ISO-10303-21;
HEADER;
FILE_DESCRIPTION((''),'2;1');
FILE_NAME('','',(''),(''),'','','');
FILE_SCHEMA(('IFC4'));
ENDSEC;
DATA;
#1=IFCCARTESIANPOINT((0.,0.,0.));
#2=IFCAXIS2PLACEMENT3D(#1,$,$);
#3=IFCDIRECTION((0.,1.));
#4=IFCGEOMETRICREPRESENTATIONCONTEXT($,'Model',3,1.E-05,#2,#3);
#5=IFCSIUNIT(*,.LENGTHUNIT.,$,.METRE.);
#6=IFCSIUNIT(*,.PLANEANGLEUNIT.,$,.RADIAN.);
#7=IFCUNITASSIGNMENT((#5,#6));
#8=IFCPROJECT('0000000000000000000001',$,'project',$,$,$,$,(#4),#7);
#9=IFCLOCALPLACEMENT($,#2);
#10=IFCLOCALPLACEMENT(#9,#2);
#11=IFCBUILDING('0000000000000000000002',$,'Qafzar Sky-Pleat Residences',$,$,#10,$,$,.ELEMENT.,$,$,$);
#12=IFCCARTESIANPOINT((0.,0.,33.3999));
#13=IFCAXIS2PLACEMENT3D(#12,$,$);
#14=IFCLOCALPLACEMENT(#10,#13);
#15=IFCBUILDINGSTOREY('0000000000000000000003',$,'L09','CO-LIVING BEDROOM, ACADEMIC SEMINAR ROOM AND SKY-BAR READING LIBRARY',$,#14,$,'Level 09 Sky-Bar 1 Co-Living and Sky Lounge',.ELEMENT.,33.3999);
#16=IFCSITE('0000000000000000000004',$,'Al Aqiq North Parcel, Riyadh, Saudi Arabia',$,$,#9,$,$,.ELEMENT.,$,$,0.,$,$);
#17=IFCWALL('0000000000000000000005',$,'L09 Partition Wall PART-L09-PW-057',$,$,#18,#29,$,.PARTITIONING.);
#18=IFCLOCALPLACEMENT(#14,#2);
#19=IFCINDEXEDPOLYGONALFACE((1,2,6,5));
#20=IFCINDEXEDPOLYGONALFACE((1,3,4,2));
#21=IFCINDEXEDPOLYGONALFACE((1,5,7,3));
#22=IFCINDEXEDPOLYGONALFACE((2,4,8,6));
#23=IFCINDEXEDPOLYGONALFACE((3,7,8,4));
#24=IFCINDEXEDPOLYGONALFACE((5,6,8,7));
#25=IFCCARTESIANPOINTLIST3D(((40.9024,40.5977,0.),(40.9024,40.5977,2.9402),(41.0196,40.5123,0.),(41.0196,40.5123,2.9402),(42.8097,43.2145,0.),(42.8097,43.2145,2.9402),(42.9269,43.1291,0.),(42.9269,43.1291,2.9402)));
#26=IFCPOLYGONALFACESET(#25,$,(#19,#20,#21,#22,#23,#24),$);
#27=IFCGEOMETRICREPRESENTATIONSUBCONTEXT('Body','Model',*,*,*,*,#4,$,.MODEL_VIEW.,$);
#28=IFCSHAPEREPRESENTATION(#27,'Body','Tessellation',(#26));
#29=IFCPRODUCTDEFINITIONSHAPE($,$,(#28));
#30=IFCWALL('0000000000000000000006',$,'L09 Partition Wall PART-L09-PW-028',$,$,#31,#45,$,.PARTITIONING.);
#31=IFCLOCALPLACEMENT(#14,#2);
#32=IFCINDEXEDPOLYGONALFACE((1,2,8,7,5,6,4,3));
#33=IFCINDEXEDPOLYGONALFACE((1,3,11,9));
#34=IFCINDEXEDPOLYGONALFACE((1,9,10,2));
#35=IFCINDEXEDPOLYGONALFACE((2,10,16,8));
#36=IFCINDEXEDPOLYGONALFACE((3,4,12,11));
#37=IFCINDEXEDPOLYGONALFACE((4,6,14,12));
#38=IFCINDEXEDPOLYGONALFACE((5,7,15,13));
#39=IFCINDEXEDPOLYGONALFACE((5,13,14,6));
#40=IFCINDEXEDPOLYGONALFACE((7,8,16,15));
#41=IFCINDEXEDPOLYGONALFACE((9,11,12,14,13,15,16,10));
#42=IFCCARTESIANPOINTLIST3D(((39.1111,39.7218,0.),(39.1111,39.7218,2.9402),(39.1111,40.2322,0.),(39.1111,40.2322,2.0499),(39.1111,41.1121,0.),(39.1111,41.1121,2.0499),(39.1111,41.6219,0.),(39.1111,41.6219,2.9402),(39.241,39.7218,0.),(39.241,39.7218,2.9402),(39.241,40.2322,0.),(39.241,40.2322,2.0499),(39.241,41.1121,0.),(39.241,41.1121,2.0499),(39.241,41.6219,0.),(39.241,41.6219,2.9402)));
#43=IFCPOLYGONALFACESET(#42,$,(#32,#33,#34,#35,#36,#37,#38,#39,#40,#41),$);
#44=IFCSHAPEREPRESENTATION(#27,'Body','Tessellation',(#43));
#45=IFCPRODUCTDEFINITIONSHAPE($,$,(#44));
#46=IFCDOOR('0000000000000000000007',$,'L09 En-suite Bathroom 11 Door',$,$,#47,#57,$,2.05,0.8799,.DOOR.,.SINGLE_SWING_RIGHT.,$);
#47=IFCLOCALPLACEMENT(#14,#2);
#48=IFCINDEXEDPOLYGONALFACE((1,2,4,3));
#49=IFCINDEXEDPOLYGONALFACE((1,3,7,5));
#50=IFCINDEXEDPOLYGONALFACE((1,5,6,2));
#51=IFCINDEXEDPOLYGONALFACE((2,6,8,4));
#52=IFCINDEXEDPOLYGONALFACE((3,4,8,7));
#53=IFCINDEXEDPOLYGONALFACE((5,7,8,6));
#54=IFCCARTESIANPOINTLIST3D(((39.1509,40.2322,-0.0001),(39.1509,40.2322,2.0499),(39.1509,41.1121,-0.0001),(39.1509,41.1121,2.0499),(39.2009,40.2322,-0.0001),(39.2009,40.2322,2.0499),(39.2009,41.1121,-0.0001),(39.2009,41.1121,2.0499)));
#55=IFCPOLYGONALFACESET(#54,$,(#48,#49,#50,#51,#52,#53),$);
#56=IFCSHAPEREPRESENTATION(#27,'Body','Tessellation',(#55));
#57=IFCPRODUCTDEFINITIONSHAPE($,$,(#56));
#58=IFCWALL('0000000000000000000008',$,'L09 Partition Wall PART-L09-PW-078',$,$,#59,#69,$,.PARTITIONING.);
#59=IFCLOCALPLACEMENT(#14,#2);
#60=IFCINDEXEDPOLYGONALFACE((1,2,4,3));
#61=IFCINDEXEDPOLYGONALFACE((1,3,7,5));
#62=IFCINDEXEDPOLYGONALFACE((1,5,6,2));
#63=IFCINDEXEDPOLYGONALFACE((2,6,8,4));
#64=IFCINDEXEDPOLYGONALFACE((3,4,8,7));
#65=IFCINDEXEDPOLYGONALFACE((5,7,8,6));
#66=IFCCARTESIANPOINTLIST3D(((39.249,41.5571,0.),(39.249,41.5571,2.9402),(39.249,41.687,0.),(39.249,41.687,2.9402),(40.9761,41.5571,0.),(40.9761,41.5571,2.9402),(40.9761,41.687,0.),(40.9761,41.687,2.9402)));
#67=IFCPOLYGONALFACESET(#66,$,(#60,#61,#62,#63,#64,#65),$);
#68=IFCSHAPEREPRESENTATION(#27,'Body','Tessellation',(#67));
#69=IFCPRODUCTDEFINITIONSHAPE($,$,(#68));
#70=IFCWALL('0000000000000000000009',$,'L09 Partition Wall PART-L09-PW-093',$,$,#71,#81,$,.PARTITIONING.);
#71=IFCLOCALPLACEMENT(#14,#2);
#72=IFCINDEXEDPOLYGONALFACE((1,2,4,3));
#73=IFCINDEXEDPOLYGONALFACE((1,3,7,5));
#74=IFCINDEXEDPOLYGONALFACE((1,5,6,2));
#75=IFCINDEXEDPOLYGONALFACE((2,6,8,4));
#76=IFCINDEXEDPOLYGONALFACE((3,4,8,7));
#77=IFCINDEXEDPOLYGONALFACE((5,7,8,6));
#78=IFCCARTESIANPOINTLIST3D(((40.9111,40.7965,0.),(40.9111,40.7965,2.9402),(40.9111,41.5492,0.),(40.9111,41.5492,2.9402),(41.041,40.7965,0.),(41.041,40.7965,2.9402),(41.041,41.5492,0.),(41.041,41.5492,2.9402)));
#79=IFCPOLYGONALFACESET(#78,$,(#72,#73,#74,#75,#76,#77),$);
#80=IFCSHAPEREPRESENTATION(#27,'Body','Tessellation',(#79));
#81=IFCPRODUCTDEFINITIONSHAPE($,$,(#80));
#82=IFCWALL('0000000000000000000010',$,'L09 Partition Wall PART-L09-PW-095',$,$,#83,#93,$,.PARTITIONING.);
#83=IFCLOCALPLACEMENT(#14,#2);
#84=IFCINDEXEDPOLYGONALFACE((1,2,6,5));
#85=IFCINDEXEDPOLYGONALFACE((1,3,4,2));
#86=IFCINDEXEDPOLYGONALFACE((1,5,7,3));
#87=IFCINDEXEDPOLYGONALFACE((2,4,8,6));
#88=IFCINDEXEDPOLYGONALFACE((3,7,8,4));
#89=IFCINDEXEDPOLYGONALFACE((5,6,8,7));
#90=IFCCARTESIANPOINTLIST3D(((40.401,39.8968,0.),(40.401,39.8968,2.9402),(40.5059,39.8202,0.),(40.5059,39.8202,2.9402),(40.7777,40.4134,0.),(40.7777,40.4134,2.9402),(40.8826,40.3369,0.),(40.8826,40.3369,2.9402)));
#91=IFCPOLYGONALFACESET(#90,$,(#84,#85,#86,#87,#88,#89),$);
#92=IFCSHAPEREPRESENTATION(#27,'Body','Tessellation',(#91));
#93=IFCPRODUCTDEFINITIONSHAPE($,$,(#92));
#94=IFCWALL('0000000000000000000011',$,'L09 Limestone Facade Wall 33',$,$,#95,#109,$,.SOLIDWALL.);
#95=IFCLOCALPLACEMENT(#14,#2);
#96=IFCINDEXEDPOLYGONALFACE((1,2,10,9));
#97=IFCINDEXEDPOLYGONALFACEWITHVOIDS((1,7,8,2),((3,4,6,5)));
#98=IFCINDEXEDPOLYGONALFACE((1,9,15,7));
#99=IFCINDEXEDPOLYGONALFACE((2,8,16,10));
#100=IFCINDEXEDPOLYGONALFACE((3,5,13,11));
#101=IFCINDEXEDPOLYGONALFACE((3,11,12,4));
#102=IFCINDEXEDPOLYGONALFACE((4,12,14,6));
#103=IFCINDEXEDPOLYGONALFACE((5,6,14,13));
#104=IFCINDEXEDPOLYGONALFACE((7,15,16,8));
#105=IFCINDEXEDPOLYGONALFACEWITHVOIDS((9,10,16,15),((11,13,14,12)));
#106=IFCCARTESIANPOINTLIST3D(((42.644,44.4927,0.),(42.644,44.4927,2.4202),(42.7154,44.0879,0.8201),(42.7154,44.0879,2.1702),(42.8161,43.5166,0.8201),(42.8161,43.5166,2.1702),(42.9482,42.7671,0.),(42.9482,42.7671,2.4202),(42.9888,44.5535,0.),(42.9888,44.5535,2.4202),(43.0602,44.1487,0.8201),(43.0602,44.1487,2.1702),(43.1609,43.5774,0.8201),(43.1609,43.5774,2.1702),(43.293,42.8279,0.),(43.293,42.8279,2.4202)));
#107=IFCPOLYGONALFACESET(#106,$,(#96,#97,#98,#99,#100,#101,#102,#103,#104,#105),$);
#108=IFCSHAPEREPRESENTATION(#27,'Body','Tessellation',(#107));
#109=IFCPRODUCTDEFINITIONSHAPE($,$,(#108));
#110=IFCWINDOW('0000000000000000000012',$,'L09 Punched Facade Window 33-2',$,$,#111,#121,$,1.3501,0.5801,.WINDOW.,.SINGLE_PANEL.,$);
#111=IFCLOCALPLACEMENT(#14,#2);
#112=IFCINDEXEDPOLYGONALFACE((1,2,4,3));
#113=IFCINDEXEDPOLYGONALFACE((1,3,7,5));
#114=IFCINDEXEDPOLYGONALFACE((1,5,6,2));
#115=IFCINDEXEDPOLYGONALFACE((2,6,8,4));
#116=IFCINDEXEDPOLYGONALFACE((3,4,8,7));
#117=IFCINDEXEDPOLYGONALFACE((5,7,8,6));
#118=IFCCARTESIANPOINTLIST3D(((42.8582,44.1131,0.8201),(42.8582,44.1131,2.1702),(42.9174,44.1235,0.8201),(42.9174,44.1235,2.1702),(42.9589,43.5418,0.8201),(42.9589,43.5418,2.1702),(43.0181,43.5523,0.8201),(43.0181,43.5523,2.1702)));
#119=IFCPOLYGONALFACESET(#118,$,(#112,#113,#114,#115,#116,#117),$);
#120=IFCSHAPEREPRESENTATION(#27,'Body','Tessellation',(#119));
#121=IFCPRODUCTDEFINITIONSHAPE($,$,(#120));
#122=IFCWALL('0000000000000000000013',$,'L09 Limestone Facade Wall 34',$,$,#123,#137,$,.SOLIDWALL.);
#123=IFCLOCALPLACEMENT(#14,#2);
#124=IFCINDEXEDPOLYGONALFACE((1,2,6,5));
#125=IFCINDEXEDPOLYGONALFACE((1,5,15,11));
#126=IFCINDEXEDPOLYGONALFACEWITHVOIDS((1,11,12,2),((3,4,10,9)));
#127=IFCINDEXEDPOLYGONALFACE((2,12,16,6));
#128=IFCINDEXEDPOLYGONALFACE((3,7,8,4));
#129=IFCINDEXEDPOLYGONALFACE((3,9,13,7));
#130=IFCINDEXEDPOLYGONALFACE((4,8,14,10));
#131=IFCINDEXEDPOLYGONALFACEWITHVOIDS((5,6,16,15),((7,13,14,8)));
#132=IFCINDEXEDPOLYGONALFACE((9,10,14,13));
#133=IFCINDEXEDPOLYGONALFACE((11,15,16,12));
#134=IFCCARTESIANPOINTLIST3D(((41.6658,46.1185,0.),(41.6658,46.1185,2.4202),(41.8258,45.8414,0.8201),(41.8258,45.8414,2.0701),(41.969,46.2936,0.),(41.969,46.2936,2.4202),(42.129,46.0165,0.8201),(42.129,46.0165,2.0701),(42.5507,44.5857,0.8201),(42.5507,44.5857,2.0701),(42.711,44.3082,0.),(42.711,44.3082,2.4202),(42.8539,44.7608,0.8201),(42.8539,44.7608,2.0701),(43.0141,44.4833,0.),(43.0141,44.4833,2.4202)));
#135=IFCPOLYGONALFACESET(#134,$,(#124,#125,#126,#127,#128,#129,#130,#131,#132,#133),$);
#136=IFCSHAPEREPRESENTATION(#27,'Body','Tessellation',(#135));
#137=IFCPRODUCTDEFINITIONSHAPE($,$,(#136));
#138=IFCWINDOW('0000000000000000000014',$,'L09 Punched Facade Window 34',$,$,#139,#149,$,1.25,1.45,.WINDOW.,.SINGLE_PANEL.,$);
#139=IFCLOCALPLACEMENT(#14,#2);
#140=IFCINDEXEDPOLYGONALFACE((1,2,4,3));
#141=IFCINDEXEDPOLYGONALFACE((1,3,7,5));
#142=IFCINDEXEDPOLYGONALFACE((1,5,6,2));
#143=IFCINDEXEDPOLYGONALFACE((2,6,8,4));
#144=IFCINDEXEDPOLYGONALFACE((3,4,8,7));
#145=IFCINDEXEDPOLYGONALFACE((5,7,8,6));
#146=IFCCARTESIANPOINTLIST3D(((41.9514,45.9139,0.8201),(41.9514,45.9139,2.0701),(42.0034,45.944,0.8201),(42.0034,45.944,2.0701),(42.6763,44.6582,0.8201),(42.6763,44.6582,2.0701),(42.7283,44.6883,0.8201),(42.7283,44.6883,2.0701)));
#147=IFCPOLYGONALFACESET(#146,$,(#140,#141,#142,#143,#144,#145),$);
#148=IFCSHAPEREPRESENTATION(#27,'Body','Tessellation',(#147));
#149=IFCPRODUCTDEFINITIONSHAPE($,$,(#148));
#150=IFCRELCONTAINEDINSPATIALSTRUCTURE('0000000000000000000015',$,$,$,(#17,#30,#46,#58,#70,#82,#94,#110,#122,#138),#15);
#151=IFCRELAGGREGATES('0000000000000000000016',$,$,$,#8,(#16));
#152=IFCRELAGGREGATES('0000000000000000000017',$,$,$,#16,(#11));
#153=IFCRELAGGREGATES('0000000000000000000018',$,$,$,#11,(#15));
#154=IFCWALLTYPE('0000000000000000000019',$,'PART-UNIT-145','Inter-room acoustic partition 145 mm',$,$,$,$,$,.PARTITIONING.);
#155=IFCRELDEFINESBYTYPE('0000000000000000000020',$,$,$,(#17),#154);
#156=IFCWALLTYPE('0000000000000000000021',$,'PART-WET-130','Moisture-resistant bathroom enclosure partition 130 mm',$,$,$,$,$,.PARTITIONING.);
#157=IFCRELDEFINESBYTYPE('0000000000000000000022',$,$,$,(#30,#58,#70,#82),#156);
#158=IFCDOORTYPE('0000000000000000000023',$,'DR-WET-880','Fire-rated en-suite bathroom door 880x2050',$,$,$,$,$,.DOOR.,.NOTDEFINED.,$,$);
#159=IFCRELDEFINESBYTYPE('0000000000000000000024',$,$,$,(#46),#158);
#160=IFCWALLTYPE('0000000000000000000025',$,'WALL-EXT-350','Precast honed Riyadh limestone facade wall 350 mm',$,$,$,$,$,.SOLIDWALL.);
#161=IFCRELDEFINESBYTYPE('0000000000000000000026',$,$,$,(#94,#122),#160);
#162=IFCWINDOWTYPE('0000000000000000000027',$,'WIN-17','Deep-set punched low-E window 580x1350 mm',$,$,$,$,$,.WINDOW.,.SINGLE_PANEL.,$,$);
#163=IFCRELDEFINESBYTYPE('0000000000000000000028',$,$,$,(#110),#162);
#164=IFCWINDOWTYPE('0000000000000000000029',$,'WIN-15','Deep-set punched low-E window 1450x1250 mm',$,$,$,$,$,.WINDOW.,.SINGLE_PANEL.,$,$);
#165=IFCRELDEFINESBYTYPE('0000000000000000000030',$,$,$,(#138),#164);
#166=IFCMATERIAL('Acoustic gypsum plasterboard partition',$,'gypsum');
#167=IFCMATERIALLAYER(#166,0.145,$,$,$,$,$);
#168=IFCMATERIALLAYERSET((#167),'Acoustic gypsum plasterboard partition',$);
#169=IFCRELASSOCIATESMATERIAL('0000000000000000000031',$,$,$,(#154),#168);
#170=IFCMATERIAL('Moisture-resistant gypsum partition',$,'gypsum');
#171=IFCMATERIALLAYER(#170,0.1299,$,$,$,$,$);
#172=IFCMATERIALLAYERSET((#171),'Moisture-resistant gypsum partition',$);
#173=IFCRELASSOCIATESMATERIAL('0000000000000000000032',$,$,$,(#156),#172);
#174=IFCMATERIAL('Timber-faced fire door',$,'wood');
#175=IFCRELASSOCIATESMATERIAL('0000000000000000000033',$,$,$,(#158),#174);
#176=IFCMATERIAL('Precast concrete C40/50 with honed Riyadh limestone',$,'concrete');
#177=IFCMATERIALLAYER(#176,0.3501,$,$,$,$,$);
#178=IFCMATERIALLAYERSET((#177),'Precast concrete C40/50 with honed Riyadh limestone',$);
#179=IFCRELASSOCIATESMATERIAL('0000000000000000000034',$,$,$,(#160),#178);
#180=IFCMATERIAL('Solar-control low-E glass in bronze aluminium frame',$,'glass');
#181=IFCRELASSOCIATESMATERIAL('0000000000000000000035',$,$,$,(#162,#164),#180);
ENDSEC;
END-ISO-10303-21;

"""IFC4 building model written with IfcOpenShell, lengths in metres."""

from ifc_helpers import new_model, si_unit, direction, frame, frame_2d, origin, place, context, subcontext, project, spatial, rectangle, extrude, source, transform, mapped, material, layer, layer_set, type_object, element, fill, save


model = new_model("IFC4")

# Units and contexts
model_context = context("Model", 3, precision=1e-05, world=origin(), true_north=direction((0.0, 1.0)))
body_context = subcontext(model_context, "Body", "Model", "MODEL_VIEW")
ifc_project = project(units=[si_unit("LENGTHUNIT", "METRE"), si_unit("PLANEANGLEUNIT", "RADIAN")], contexts=[model_context])

# Site, building, storey
site_placement = place(None, origin())
site = spatial("IfcSite", under=ifc_project, at=site_placement, Name="Al Aqiq North Parcel, Riyadh, Saudi Arabia", CompositionType="ELEMENT", RefElevation=0.0)
building_placement = place(site_placement, origin())
building = spatial("IfcBuilding", under=site, at=building_placement, Name="Qafzar Sky-Pleat Residences", CompositionType="ELEMENT")
storey_placement = place(building_placement, frame((0.0, 0.0, 33.3999)))
storey = spatial("IfcBuildingStorey", under=building, at=storey_placement, Name="L09", Description="CO-LIVING BEDROOM, ACADEMIC SEMINAR ROOM AND SKY-BAR READING LIBRARY", LongName="Level 09 Sky-Bar 1 Co-Living and Sky Lounge", CompositionType="ELEMENT", Elevation=33.3999)

# Wall
ifc_material_1 = material(Name="Acoustic gypsum plasterboard partition", Category="gypsum")
ifc_layer_1 = layer(ifc_material_1, 0.145)
ifc_layer_set_1 = layer_set([ifc_layer_1], Name="Acoustic gypsum plasterboard partition")
wall_type_1 = type_object("IfcWallType", Name="PART-UNIT-145", Description="Inter-room acoustic partition 145 mm", PredefinedType="PARTITIONING", material=ifc_layer_set_1)
wall_1_placement = place(storey_placement, frame((40.9609, 40.5549, 0.0), z_axis=(0.0, 0.0, 1.0), x_axis=(0.589014, 0.808123, 0.0)))
element("IfcWall", 1, at=wall_1_placement, inside=storey, type_object=wall_type_1, Name="L09 Partition Wall PART-L09-PW-057", PredefinedType="PARTITIONING", context=body_context, shape_type="SweptSolid", body=[
    extrude(rectangle(XDim=3.238, YDim=0.145, at=frame_2d((1.6191, 0.0))), origin(), (0.0, 0.0, 1.0), 2.9402),
])

# Wall, opening, door
ifc_material_2 = material(Name="Moisture-resistant gypsum partition", Category="gypsum")
ifc_layer_2 = layer(ifc_material_2, 0.1299)
ifc_layer_set_2 = layer_set([ifc_layer_2], Name="Moisture-resistant gypsum partition")
wall_type_2 = type_object("IfcWallType", Name="PART-WET-130", Description="Moisture-resistant bathroom enclosure partition 130 mm", PredefinedType="PARTITIONING", material=ifc_layer_set_2)
wall_2_placement = place(storey_placement, frame((39.176, 41.6221, 0.0), z_axis=(0.0, 0.0, 1.0), x_axis=(0.0, -1.0, 0.0)))
wall_2 = element("IfcWall", 2, at=wall_2_placement, inside=storey, type_object=wall_type_2, Name="L09 Partition Wall PART-L09-PW-028", PredefinedType="PARTITIONING", context=body_context, shape_type="SweptSolid", body=[
    extrude(rectangle(XDim=1.9001, YDim=0.1299, at=frame_2d((0.9502, 0.0))), origin(), (0.0, 0.0, 1.0), 2.9402),
])
opening_1_placement = place(wall_2_placement, frame((0.51, 0.0, 0.0)))
opening_1 = element("IfcOpeningElement", 3, at=opening_1_placement, cuts=wall_2, PredefinedType="OPENING", context=body_context, shape_type="SweptSolid", body=[
    extrude(rectangle(XDim=0.8799, YDim=2.05, at=frame_2d((0.4399, 1.0249))), frame((0.0, 0.075, 0.0), z_axis=(0.0, -1.0, 0.0), x_axis=(1.0, 0.0, 0.0)), (0.0, 0.0, 1.0), 0.1499),
])
ifc_material_3 = material(Name="Timber-faced fire door", Category="wood")
door_type = type_object("IfcDoorType", Name="DR-WET-880", Description="Fire-rated en-suite bathroom door 880x2050", OperationType="NOTDEFINED", PredefinedType="DOOR", material=ifc_material_3)
shared_shape_1 = source(origin(), body_context, "Body", "SweptSolid", [
    extrude(rectangle(XDim=0.8799, YDim=2.05, at=frame_2d((0.4399, 1.0249))), frame((0.0, 0.0249, 0.0), z_axis=(0.0, -1.0, 0.0), x_axis=(1.0, 0.0, 0.0)), (0.0, 0.0, 1.0), 0.05),
])
door_placement = place(opening_1_placement, origin())
door = element("IfcDoor", 4, at=door_placement, inside=storey, type_object=door_type, Name="L09 En-suite Bathroom 11 Door", OperationType="SINGLE_SWING_RIGHT", OverallHeight=2.05, OverallWidth=0.8799, PredefinedType="DOOR", context=body_context, shape_type="MappedRepresentation", body=[
    mapped(shared_shape_1, transform((0.0, 0.0, 0.0), x_axis=(1.0, 0.0, 0.0), y_axis=(0.0, 1.0, 0.0), z_axis=(0.0, 0.0, 1.0), scale=1.0)),
])
fill(opening_1, door)

# Walls
wall_3_placement = place(storey_placement, frame((39.249, 41.6221, 0.0), z_axis=(0.0, 0.0, 1.0), x_axis=(1.0, 0.0, 0.0)))
element("IfcWall", 5, at=wall_3_placement, inside=storey, type_object=wall_type_2, Name="L09 Partition Wall PART-L09-PW-078", PredefinedType="PARTITIONING", context=body_context, shape_type="SweptSolid", body=[
    extrude(rectangle(XDim=1.7271, YDim=0.1299, at=frame_2d((0.8635, 0.0))), origin(), (0.0, 0.0, 1.0), 2.9402),
])
wall_4_placement = place(storey_placement, frame((40.9761, 40.7964, 0.0), z_axis=(0.0, 0.0, 1.0), x_axis=(0.0, 1.0, 0.0)))
element("IfcWall", 6, at=wall_4_placement, inside=storey, type_object=wall_type_2, Name="L09 Partition Wall PART-L09-PW-093", PredefinedType="PARTITIONING", context=body_context, shape_type="SweptSolid", body=[
    extrude(rectangle(XDim=0.7527, YDim=0.1299, at=frame_2d((0.3765, 0.0))), origin(), (0.0, 0.0, 1.0), 2.9402),
])
wall_5_placement = place(storey_placement, frame((40.4534, 39.8584, 0.0), z_axis=(0.0, 0.0, 1.0), x_axis=(0.589193, 0.807992, 0.0)))
element("IfcWall", 7, at=wall_5_placement, inside=storey, type_object=wall_type_2, Name="L09 Partition Wall PART-L09-PW-095", PredefinedType="PARTITIONING", context=body_context, shape_type="SweptSolid", body=[
    extrude(rectangle(XDim=0.6394, YDim=0.1299, at=frame_2d((0.3198, 0.0))), origin(), (0.0, 0.0, 1.0), 2.9402),
])

# Walls, openings, windows
ifc_material_4 = material(Name="Precast concrete C40/50 with honed Riyadh limestone", Category="concrete")
ifc_layer_3 = layer(ifc_material_4, 0.3501)
ifc_layer_set_3 = layer_set([ifc_layer_3], Name="Precast concrete C40/50 with honed Riyadh limestone")
wall_type_3 = type_object("IfcWallType", Name="WALL-EXT-350", Description="Precast honed Riyadh limestone facade wall 350 mm", PredefinedType="SOLIDWALL", material=ifc_layer_set_3)
wall_6_placement = place(storey_placement, frame((43.1206, 42.7976, 0.0), z_axis=(0.0, 0.0, 1.0), x_axis=(-0.17361, 0.984814, 0.0)))
wall_6 = element("IfcWall", 8, at=wall_6_placement, inside=storey, type_object=wall_type_3, Name="L09 Limestone Facade Wall 33", PredefinedType="SOLIDWALL", context=body_context, shape_type="SweptSolid", body=[
    extrude(rectangle(XDim=1.7522, YDim=0.3501, at=frame_2d((0.876, 0.0))), origin(), (0.0, 0.0, 1.0), 2.4202),
])
opening_2_placement = place(wall_6_placement, frame((0.761, 0.0, 0.8201)))
opening_2 = element("IfcOpeningElement", 9, at=opening_2_placement, cuts=wall_6, PredefinedType="OPENING", context=body_context, shape_type="SweptSolid", body=[
    extrude(rectangle(XDim=0.5801, YDim=1.3501, at=frame_2d((0.29, 0.675))), frame((0.0, 0.1851, 0.0), z_axis=(0.0, -1.0, 0.0), x_axis=(1.0, 0.0, 0.0)), (0.0, 0.0, 1.0), 0.3701),
])
ifc_material_5 = material(Name="Solar-control low-E glass in bronze aluminium frame", Category="glass")
window_type_1 = type_object("IfcWindowType", Name="WIN-17", Description="Deep-set punched low-E window 580x1350 mm", PartitioningType="SINGLE_PANEL", PredefinedType="WINDOW", material=ifc_material_5)
shared_shape_2 = source(origin(), body_context, "Body", "SweptSolid", [
    extrude(rectangle(XDim=0.5801, YDim=1.3501, at=frame_2d((0.29, 0.675))), frame((0.0, 0.03, 0.0), z_axis=(0.0, -1.0, 0.0), x_axis=(1.0, 0.0, 0.0)), (0.0, 0.0, 1.0), 0.0601),
])
window_1_placement = place(opening_2_placement, origin())
window_1 = element("IfcWindow", 10, at=window_1_placement, inside=storey, type_object=window_type_1, Name="L09 Punched Facade Window 33-2", OverallHeight=1.3501, OverallWidth=0.5801, PartitioningType="SINGLE_PANEL", PredefinedType="WINDOW", context=body_context, shape_type="MappedRepresentation", body=[
    mapped(shared_shape_2, transform((0.0, 0.0, 0.0), x_axis=(1.0, 0.0, 0.0), y_axis=(0.0, 1.0, 0.0), z_axis=(0.0, 0.0, 1.0), scale=1.0)),
])
fill(opening_2, window_1)
wall_7_placement = place(storey_placement, frame((42.8625, 44.3958, 0.0), z_axis=(0.0, 0.0, 1.0), x_axis=(-0.499995, 0.866028, 0.0)))
wall_7 = element("IfcWall", 11, at=wall_7_placement, inside=storey, type_object=wall_type_3, Name="L09 Limestone Facade Wall 34", PredefinedType="SOLIDWALL", context=body_context, shape_type="SweptSolid", body=[
    extrude(rectangle(XDim=2.0903, YDim=0.3501, at=frame_2d((1.0452, 0.0))), origin(), (0.0, 0.0, 1.0), 2.4202),
])
opening_3_placement = place(wall_7_placement, frame((0.3203, 0.0, 0.8201)))
opening_3 = element("IfcOpeningElement", 12, at=opening_3_placement, cuts=wall_7, PredefinedType="OPENING", context=body_context, shape_type="SweptSolid", body=[
    extrude(rectangle(XDim=1.45, YDim=1.25, at=frame_2d((0.7251, 0.625))), frame((0.0, 0.1851, 0.0), z_axis=(0.0, -1.0, 0.0), x_axis=(1.0, 0.0, 0.0)), (0.0, 0.0, 1.0), 0.3701),
])
window_type_2 = type_object("IfcWindowType", Name="WIN-15", Description="Deep-set punched low-E window 1450x1250 mm", PartitioningType="SINGLE_PANEL", PredefinedType="WINDOW", material=ifc_material_5)
shared_shape_3 = source(origin(), body_context, "Body", "SweptSolid", [
    extrude(rectangle(XDim=1.45, YDim=1.25, at=frame_2d((0.7251, 0.625))), frame((0.0, 0.03, 0.0), z_axis=(0.0, -1.0, 0.0), x_axis=(1.0, 0.0, 0.0)), (0.0, 0.0, 1.0), 0.0601),
])
window_2_placement = place(opening_3_placement, origin())
window_2 = element("IfcWindow", 13, at=window_2_placement, inside=storey, type_object=window_type_2, Name="L09 Punched Facade Window 34", OverallHeight=1.25, OverallWidth=1.45, PartitioningType="SINGLE_PANEL", PredefinedType="WINDOW", context=body_context, shape_type="MappedRepresentation", body=[
    mapped(shared_shape_3, transform((0.0, 0.0, 0.0), x_axis=(1.0, 0.0, 0.0), y_axis=(0.0, 1.0, 0.0), z_axis=(0.0, 0.0, 1.0), scale=1.0)),
])
fill(opening_3, window_2)

save(model, "model.ifc")
